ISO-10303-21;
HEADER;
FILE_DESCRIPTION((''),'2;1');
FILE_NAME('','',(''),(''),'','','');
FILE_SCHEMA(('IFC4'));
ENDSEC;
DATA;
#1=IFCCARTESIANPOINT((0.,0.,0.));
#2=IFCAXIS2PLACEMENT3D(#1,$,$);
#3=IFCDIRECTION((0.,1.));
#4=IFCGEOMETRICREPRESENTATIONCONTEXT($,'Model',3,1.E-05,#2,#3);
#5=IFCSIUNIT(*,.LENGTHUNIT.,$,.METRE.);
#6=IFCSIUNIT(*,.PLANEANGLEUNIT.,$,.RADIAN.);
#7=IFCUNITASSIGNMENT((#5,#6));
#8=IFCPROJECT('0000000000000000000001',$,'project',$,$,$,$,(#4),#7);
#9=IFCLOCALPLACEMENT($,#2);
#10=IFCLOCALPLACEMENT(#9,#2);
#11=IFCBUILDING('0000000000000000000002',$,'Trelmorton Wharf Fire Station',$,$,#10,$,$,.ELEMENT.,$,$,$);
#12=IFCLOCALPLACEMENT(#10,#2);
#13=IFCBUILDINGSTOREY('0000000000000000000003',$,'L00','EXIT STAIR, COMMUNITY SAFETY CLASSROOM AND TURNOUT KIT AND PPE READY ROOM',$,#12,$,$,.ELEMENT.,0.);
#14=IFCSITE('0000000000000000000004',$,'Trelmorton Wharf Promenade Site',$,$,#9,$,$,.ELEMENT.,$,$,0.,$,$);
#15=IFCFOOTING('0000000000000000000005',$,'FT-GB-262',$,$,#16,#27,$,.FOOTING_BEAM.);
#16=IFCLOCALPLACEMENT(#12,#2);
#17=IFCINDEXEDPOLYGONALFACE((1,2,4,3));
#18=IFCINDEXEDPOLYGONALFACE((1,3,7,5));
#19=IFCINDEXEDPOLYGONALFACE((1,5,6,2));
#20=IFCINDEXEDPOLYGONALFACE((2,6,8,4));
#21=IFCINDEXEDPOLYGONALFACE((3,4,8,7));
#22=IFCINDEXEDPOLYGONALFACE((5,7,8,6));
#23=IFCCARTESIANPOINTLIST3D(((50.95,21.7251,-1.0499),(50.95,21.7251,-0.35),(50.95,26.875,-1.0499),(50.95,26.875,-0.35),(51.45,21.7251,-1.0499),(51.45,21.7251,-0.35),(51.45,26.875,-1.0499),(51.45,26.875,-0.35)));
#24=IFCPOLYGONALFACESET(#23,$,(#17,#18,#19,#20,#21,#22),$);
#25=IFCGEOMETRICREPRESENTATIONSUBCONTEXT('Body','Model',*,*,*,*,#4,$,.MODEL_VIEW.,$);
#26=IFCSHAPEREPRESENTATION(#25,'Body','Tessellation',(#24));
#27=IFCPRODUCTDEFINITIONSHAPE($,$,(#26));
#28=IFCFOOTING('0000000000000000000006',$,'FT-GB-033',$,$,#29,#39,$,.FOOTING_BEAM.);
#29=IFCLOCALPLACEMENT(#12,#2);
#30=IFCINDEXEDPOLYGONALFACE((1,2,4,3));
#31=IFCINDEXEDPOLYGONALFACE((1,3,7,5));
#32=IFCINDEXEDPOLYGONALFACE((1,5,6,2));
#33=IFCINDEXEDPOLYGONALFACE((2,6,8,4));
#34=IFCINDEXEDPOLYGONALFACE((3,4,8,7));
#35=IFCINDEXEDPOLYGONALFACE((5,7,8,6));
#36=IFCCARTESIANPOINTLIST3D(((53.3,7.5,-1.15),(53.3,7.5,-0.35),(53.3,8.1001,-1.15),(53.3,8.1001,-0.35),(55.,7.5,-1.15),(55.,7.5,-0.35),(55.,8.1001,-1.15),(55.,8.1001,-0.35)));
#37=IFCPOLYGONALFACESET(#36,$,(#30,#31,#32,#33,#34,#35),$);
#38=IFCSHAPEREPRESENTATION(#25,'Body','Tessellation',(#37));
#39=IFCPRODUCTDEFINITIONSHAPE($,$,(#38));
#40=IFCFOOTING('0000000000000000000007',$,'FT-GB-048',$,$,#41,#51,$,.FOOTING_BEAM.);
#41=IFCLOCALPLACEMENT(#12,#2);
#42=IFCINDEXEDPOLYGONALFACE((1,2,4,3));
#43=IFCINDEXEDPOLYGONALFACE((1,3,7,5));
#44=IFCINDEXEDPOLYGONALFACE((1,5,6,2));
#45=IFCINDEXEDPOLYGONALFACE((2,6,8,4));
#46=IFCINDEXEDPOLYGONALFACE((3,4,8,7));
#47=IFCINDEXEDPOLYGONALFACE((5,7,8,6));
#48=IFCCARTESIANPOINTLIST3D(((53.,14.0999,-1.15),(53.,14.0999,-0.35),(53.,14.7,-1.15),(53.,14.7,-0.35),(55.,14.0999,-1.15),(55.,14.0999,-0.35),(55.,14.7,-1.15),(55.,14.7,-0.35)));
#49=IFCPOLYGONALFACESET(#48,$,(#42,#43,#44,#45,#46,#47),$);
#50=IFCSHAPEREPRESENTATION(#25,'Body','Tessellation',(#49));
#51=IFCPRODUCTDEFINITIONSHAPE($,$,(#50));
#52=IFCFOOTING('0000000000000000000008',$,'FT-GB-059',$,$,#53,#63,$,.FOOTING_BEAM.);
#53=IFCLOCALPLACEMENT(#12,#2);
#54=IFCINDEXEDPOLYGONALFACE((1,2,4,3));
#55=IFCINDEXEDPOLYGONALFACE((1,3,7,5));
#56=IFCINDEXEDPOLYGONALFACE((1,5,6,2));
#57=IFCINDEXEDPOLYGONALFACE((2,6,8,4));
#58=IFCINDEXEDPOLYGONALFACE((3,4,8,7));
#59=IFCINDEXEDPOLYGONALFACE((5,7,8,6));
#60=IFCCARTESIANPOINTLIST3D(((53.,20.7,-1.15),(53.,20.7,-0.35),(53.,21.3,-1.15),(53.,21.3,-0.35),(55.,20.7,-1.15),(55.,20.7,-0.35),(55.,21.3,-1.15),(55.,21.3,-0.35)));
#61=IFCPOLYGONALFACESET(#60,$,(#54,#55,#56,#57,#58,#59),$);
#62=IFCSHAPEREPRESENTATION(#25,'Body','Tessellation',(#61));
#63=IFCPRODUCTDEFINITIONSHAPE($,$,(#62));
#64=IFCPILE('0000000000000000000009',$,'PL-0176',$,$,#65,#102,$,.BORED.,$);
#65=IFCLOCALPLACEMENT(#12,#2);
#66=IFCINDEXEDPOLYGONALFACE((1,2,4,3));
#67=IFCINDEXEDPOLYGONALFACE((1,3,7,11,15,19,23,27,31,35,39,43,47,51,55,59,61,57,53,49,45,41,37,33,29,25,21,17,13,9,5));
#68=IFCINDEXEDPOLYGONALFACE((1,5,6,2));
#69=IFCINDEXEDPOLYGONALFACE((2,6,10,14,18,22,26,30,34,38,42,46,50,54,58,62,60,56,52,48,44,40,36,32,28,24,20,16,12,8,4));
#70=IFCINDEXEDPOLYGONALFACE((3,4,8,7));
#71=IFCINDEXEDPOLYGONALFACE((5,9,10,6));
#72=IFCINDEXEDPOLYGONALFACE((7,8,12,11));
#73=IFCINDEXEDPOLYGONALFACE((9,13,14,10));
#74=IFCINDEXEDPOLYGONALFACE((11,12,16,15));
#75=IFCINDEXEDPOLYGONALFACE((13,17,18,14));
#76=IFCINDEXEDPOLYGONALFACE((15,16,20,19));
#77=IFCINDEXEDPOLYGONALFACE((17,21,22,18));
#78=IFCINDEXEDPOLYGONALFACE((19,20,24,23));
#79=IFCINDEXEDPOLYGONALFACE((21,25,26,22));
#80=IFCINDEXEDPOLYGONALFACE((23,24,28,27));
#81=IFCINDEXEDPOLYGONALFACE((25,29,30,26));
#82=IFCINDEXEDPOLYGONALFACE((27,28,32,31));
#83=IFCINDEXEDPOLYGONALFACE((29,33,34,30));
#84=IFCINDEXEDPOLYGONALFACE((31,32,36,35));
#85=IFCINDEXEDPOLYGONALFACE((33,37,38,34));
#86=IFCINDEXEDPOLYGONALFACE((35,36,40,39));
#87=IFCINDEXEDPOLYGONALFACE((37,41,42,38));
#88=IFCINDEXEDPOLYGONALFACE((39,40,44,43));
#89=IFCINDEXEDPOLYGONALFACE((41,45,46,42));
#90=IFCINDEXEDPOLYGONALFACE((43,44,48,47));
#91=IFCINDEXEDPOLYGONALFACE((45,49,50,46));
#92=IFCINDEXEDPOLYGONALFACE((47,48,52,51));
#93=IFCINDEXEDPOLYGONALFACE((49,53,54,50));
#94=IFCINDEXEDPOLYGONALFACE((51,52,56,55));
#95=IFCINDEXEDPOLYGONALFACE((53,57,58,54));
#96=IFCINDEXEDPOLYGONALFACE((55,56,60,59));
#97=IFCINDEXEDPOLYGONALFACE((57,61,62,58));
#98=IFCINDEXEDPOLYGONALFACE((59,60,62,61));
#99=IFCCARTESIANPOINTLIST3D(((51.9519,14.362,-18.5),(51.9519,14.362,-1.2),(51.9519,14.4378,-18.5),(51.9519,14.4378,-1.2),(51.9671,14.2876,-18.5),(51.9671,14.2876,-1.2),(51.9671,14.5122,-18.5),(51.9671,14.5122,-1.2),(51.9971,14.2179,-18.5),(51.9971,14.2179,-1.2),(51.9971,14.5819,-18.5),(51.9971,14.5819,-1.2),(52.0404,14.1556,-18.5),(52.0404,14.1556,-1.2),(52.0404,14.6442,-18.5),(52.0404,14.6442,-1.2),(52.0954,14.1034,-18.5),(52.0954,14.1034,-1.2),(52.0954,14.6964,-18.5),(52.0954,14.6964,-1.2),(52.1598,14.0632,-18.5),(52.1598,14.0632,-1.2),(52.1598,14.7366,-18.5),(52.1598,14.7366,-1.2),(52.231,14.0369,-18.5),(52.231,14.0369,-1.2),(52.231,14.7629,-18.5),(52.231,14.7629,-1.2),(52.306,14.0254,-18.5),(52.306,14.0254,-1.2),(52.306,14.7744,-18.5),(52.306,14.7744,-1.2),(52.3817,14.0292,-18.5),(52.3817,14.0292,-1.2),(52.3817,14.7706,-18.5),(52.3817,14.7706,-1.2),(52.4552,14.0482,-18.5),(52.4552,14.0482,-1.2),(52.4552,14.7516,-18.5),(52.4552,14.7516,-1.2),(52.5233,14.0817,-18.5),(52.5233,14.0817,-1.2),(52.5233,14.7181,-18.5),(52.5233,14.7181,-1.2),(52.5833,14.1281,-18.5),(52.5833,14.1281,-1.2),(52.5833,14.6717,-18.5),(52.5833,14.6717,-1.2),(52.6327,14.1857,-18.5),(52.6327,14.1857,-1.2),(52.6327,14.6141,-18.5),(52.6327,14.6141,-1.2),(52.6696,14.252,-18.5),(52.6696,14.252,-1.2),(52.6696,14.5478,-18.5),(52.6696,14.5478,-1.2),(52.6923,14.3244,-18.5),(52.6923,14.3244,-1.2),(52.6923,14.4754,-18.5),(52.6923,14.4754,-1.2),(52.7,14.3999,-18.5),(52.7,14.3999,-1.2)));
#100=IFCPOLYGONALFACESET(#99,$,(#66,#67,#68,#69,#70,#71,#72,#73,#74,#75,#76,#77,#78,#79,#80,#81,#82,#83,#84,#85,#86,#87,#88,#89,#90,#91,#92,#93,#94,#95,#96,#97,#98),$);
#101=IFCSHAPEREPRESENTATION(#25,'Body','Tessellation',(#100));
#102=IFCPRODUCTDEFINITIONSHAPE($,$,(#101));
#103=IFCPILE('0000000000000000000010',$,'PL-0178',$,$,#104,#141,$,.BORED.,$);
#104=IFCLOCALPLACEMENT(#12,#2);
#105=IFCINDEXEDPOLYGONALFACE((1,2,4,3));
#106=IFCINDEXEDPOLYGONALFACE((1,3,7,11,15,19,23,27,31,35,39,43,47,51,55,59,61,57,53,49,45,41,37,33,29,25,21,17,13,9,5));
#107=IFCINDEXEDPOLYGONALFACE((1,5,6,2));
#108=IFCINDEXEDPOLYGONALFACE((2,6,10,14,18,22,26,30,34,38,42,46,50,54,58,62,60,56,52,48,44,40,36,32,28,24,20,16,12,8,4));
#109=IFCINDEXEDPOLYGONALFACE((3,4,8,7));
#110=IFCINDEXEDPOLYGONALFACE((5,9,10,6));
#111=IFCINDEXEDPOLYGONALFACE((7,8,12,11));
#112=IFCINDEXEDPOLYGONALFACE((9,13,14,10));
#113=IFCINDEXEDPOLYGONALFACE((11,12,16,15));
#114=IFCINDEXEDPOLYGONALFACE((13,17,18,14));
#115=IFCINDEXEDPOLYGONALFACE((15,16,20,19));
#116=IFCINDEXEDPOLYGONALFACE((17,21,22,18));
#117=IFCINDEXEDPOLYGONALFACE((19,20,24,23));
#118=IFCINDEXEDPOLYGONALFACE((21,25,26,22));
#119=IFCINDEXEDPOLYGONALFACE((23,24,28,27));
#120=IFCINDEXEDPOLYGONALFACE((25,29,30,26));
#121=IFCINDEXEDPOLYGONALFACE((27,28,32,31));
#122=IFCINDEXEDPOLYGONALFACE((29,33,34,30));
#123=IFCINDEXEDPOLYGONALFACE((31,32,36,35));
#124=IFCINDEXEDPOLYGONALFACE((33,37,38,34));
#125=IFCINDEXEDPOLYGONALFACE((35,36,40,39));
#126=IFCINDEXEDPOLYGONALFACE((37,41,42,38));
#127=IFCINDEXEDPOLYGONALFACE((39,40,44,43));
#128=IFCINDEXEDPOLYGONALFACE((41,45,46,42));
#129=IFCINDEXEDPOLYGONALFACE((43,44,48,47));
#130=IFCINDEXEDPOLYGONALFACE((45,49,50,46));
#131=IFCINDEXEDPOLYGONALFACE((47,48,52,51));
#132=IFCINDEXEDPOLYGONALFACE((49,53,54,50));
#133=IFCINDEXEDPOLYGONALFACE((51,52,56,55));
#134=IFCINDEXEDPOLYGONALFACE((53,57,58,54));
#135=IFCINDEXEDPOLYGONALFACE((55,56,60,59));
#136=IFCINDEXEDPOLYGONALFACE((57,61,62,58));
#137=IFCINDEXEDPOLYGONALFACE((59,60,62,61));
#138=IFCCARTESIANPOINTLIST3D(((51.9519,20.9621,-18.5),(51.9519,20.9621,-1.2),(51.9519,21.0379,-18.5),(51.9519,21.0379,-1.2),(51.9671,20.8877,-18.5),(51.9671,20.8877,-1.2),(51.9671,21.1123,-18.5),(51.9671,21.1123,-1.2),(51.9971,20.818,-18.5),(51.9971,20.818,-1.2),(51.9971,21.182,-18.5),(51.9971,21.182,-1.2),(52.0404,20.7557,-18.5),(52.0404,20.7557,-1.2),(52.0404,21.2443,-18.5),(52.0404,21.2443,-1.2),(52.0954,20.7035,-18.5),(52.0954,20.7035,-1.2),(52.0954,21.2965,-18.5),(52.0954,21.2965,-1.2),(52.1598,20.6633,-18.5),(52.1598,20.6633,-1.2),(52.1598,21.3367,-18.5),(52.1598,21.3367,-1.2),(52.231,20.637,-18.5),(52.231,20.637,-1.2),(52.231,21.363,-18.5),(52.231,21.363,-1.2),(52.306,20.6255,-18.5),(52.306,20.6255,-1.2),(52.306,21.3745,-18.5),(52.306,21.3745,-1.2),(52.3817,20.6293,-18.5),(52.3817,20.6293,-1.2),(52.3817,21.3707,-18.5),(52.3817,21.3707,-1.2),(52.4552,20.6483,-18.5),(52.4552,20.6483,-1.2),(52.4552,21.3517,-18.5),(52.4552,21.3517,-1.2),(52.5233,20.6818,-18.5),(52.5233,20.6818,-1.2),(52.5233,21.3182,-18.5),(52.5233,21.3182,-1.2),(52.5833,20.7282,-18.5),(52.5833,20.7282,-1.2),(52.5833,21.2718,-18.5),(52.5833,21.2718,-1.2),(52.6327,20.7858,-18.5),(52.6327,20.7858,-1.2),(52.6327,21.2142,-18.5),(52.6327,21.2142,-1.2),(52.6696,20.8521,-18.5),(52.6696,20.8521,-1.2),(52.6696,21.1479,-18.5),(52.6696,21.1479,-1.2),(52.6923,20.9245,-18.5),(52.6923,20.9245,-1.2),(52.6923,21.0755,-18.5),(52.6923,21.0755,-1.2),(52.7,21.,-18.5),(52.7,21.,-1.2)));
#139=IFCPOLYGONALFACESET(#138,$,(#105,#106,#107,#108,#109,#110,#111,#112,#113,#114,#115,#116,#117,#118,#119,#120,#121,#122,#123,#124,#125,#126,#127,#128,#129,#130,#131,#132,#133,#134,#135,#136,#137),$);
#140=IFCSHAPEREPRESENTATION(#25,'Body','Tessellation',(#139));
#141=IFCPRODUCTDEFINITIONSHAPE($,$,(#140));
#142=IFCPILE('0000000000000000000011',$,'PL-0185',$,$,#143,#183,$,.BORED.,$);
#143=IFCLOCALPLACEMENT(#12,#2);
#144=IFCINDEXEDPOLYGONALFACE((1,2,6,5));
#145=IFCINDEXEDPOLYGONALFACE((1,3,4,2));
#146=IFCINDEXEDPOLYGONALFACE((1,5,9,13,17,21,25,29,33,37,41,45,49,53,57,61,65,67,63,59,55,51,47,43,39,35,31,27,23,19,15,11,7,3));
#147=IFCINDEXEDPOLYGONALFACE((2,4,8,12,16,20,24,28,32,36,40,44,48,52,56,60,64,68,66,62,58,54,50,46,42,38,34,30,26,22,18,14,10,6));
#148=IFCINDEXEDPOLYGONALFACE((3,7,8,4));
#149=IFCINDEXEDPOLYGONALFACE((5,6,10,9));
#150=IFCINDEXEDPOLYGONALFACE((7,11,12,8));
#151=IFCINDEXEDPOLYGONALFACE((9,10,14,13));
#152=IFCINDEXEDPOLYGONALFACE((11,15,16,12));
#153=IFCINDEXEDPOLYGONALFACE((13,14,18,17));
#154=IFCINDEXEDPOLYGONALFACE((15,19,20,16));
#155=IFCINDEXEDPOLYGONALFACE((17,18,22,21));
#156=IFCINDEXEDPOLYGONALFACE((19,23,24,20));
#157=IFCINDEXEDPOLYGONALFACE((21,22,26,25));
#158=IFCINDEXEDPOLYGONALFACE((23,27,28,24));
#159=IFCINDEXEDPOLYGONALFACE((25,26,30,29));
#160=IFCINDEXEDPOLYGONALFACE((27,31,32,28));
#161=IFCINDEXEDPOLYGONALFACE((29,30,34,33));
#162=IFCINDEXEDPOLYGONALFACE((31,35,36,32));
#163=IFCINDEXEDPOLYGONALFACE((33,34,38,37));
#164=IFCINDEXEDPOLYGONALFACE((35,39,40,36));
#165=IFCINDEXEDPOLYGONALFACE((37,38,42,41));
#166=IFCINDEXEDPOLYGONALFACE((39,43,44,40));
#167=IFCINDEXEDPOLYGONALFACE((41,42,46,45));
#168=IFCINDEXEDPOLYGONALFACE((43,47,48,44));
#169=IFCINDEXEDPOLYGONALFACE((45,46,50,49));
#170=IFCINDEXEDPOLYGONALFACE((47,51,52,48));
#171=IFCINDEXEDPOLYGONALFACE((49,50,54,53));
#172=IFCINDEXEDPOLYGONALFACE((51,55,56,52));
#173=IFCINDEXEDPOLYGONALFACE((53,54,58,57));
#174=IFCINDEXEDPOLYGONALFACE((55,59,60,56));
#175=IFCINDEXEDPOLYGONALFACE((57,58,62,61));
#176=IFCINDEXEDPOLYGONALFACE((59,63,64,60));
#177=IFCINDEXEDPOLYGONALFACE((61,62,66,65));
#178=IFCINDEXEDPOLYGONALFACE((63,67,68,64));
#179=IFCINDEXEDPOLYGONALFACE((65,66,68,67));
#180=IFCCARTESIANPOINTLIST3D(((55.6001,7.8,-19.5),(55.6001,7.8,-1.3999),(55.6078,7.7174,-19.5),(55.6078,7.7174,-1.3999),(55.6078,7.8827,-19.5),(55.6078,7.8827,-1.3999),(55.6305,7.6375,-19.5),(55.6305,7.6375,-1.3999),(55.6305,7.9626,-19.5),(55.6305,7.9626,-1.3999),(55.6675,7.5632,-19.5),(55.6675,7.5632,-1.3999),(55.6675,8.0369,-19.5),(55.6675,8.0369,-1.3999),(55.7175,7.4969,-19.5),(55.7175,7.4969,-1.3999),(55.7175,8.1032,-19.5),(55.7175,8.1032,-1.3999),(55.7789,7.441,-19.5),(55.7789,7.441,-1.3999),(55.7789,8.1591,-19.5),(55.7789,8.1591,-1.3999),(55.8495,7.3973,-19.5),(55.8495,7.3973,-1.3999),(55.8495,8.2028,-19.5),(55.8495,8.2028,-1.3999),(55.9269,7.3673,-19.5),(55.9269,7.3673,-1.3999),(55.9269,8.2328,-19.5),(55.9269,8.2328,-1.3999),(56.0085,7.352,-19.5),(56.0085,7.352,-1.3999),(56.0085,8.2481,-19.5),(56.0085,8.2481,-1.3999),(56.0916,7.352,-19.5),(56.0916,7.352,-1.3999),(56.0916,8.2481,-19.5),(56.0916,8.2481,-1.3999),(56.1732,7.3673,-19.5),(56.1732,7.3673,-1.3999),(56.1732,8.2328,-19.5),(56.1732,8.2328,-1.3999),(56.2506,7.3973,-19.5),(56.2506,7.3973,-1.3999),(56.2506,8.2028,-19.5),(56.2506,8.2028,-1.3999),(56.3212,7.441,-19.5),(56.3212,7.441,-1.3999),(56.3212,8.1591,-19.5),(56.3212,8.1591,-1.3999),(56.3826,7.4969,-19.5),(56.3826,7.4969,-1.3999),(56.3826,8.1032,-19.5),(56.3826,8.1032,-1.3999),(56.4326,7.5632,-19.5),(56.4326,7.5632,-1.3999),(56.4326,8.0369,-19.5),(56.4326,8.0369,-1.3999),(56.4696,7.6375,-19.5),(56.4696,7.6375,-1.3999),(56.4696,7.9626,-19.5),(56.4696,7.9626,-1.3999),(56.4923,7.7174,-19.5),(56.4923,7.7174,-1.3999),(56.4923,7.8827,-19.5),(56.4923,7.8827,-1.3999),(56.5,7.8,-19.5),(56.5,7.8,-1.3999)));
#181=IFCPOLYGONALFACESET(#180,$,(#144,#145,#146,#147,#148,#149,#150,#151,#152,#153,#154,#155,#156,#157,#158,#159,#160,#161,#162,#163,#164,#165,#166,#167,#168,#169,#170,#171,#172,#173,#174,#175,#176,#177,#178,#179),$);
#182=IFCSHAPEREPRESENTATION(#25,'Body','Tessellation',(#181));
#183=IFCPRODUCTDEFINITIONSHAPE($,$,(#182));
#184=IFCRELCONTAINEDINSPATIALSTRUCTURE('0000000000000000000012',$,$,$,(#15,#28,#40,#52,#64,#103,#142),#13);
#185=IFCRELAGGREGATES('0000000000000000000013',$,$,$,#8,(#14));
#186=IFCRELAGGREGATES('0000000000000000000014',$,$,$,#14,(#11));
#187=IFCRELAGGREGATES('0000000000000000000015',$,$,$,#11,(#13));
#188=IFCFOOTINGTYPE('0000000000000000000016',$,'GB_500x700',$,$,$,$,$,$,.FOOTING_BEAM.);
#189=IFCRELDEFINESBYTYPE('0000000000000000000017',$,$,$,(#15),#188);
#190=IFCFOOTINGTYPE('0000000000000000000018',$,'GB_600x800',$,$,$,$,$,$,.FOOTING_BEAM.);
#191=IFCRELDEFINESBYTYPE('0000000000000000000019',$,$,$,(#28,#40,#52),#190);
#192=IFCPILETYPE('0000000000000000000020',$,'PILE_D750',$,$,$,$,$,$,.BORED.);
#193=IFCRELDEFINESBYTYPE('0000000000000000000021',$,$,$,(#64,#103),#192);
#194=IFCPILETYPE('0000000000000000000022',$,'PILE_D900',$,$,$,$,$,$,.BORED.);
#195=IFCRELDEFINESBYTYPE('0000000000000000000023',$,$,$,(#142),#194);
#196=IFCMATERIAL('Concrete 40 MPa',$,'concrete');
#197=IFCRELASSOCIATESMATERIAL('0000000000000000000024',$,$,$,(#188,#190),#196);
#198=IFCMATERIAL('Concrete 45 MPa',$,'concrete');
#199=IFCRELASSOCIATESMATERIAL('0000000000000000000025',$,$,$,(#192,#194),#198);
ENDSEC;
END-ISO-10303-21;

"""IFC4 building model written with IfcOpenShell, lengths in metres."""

from ifc_helpers import new_model, si_unit, direction, frame, origin, origin_2d, place, context, subcontext, project, spatial, rectangle, circle, extrude, material, material_profile, profile_set, type_object, element, save


model = new_model("IFC4")

# Units and contexts
model_context = context("Model", 3, precision=1e-05, world=origin(), true_north=direction((0.0, 1.0)))
body_context = subcontext(model_context, "Body", "Model", "MODEL_VIEW")
ifc_project = project(units=[si_unit("LENGTHUNIT", "METRE"), si_unit("PLANEANGLEUNIT", "RADIAN")], contexts=[model_context])

# Site, building, storey
site_placement = place(None, origin())
site = spatial("IfcSite", under=ifc_project, at=site_placement, Name="Trelmorton Wharf Promenade Site", CompositionType="ELEMENT", RefElevation=0.0)
building_placement = place(site_placement, origin())
building = spatial("IfcBuilding", under=site, at=building_placement, Name="Trelmorton Wharf Fire Station", CompositionType="ELEMENT")
storey_placement = place(building_placement, origin())
storey = spatial("IfcBuildingStorey", under=building, at=storey_placement, Name="L00", Description="EXIT STAIR, COMMUNITY SAFETY CLASSROOM AND TURNOUT KIT AND PPE READY ROOM", CompositionType="ELEMENT", Elevation=0.0)

# Footings
ifc_material_1 = material(Name="Concrete 40 MPa", Category="concrete")
ifc_material_profile_1 = material_profile(ifc_material_1, rectangle(XDim=0.5, YDim=0.7, at=origin_2d()), Name="RC500x700")
ifc_profile_set_1 = profile_set([ifc_material_profile_1], Name="Concrete 40 MPa")
footing_type_1 = type_object("IfcFootingType", Name="GB_500x700", PredefinedType="FOOTING_BEAM", material=ifc_profile_set_1)
footing_1_placement = place(storey_placement, frame((51.2, 21.7251, -0.7), z_axis=(0.0, 1.0, 0.0), x_axis=(-1.0, 0.0, 0.0)))
element("IfcFooting", 1, at=footing_1_placement, inside=storey, type_object=footing_type_1, Name="FT-GB-262", PredefinedType="FOOTING_BEAM", context=body_context, shape_type="SweptSolid", body=[
    extrude(rectangle(XDim=0.5, YDim=0.7, at=origin_2d()), origin(), (0.0, 0.0, 1.0), 5.1499),
])
ifc_material_profile_2 = material_profile(ifc_material_1, rectangle(XDim=0.6001, YDim=0.8, at=origin_2d()), Name="RC600x800")
ifc_profile_set_2 = profile_set([ifc_material_profile_2], Name="Concrete 40 MPa")
footing_type_2 = type_object("IfcFootingType", Name="GB_600x800", PredefinedType="FOOTING_BEAM", material=ifc_profile_set_2)
footing_2_placement = place(storey_placement, frame((53.3, 7.8, -0.75), z_axis=(1.0, 0.0, 0.0), x_axis=(0.0, 1.0, 0.0)))
element("IfcFooting", 2, at=footing_2_placement, inside=storey, type_object=footing_type_2, Name="FT-GB-033", PredefinedType="FOOTING_BEAM", context=body_context, shape_type="SweptSolid", body=[
    extrude(rectangle(XDim=0.6001, YDim=0.8, at=origin_2d()), origin(), (0.0, 0.0, 1.0), 1.7),
])
for number, where, z_axis, x_axis, name in (
    (3, (53.0, 14.3999, -0.75), (1.0, 0.0, 0.0), (0.0, 1.0, 0.0), "FT-GB-048"),
    (4, (53.0, 21.0, -0.75), (1.0, 0.0, 0.0), (0.0, 1.0, 0.0), "FT-GB-059"),
):
    element("IfcFooting", number, at=place(storey_placement, frame(where, z_axis=z_axis, x_axis=x_axis)), inside=storey, type_object=footing_type_2, Name=name, PredefinedType="FOOTING_BEAM", context=body_context, shape_type="SweptSolid", body=[
        extrude(rectangle(XDim=0.6001, YDim=0.8, at=origin_2d()), origin(), (0.0, 0.0, 1.0), 2.0),
    ])

# Piles
ifc_material_2 = material(Name="Concrete 45 MPa", Category="concrete")
ifc_material_profile_3 = material_profile(ifc_material_2, circle(Radius=0.375, at=origin_2d()), Name="PILE-D750")
ifc_profile_set_3 = profile_set([ifc_material_profile_3], Name="Concrete 45 MPa")
pile_type_1 = type_object("IfcPileType", Name="PILE_D750", PredefinedType="BORED", material=ifc_profile_set_3)
for number, where, z_axis, x_axis, name in (
    (5, (52.325, 14.3999, -1.2), (0.0, 0.0, -1.0), (1.0, 0.0, 0.0), "PL-0176"),
    (6, (52.325, 21.0, -1.2), (0.0, 0.0, -1.0), (1.0, 0.0, 0.0), "PL-0178"),
):
    element("IfcPile", number, at=place(storey_placement, frame(where, z_axis=z_axis, x_axis=x_axis)), inside=storey, type_object=pile_type_1, Name=name, PredefinedType="BORED", context=body_context, shape_type="SweptSolid", body=[
        extrude(circle(Radius=0.375, at=origin_2d()), origin(), (0.0, 0.0, 1.0), 17.3),
    ])
ifc_material_profile_4 = material_profile(ifc_material_2, circle(Radius=0.45, at=origin_2d()), Name="PILE-D900")
ifc_profile_set_4 = profile_set([ifc_material_profile_4], Name="Concrete 45 MPa")
pile_type_2 = type_object("IfcPileType", Name="PILE_D900", PredefinedType="BORED", material=ifc_profile_set_4)
for number, where, z_axis, x_axis, name in (
    (7, (56.05, 7.8, -1.3999), (0.0, 0.0, -1.0), (1.0, 0.0, 0.0), "PL-0185"),
):
    element("IfcPile", number, at=place(storey_placement, frame(where, z_axis=z_axis, x_axis=x_axis)), inside=storey, type_object=pile_type_2, Name=name, PredefinedType="BORED", context=body_context, shape_type="SweptSolid", body=[
        extrude(circle(Radius=0.45, at=origin_2d()), origin(), (0.0, 0.0, 1.0), 18.1001),
    ])

save(model, "model.ifc")
